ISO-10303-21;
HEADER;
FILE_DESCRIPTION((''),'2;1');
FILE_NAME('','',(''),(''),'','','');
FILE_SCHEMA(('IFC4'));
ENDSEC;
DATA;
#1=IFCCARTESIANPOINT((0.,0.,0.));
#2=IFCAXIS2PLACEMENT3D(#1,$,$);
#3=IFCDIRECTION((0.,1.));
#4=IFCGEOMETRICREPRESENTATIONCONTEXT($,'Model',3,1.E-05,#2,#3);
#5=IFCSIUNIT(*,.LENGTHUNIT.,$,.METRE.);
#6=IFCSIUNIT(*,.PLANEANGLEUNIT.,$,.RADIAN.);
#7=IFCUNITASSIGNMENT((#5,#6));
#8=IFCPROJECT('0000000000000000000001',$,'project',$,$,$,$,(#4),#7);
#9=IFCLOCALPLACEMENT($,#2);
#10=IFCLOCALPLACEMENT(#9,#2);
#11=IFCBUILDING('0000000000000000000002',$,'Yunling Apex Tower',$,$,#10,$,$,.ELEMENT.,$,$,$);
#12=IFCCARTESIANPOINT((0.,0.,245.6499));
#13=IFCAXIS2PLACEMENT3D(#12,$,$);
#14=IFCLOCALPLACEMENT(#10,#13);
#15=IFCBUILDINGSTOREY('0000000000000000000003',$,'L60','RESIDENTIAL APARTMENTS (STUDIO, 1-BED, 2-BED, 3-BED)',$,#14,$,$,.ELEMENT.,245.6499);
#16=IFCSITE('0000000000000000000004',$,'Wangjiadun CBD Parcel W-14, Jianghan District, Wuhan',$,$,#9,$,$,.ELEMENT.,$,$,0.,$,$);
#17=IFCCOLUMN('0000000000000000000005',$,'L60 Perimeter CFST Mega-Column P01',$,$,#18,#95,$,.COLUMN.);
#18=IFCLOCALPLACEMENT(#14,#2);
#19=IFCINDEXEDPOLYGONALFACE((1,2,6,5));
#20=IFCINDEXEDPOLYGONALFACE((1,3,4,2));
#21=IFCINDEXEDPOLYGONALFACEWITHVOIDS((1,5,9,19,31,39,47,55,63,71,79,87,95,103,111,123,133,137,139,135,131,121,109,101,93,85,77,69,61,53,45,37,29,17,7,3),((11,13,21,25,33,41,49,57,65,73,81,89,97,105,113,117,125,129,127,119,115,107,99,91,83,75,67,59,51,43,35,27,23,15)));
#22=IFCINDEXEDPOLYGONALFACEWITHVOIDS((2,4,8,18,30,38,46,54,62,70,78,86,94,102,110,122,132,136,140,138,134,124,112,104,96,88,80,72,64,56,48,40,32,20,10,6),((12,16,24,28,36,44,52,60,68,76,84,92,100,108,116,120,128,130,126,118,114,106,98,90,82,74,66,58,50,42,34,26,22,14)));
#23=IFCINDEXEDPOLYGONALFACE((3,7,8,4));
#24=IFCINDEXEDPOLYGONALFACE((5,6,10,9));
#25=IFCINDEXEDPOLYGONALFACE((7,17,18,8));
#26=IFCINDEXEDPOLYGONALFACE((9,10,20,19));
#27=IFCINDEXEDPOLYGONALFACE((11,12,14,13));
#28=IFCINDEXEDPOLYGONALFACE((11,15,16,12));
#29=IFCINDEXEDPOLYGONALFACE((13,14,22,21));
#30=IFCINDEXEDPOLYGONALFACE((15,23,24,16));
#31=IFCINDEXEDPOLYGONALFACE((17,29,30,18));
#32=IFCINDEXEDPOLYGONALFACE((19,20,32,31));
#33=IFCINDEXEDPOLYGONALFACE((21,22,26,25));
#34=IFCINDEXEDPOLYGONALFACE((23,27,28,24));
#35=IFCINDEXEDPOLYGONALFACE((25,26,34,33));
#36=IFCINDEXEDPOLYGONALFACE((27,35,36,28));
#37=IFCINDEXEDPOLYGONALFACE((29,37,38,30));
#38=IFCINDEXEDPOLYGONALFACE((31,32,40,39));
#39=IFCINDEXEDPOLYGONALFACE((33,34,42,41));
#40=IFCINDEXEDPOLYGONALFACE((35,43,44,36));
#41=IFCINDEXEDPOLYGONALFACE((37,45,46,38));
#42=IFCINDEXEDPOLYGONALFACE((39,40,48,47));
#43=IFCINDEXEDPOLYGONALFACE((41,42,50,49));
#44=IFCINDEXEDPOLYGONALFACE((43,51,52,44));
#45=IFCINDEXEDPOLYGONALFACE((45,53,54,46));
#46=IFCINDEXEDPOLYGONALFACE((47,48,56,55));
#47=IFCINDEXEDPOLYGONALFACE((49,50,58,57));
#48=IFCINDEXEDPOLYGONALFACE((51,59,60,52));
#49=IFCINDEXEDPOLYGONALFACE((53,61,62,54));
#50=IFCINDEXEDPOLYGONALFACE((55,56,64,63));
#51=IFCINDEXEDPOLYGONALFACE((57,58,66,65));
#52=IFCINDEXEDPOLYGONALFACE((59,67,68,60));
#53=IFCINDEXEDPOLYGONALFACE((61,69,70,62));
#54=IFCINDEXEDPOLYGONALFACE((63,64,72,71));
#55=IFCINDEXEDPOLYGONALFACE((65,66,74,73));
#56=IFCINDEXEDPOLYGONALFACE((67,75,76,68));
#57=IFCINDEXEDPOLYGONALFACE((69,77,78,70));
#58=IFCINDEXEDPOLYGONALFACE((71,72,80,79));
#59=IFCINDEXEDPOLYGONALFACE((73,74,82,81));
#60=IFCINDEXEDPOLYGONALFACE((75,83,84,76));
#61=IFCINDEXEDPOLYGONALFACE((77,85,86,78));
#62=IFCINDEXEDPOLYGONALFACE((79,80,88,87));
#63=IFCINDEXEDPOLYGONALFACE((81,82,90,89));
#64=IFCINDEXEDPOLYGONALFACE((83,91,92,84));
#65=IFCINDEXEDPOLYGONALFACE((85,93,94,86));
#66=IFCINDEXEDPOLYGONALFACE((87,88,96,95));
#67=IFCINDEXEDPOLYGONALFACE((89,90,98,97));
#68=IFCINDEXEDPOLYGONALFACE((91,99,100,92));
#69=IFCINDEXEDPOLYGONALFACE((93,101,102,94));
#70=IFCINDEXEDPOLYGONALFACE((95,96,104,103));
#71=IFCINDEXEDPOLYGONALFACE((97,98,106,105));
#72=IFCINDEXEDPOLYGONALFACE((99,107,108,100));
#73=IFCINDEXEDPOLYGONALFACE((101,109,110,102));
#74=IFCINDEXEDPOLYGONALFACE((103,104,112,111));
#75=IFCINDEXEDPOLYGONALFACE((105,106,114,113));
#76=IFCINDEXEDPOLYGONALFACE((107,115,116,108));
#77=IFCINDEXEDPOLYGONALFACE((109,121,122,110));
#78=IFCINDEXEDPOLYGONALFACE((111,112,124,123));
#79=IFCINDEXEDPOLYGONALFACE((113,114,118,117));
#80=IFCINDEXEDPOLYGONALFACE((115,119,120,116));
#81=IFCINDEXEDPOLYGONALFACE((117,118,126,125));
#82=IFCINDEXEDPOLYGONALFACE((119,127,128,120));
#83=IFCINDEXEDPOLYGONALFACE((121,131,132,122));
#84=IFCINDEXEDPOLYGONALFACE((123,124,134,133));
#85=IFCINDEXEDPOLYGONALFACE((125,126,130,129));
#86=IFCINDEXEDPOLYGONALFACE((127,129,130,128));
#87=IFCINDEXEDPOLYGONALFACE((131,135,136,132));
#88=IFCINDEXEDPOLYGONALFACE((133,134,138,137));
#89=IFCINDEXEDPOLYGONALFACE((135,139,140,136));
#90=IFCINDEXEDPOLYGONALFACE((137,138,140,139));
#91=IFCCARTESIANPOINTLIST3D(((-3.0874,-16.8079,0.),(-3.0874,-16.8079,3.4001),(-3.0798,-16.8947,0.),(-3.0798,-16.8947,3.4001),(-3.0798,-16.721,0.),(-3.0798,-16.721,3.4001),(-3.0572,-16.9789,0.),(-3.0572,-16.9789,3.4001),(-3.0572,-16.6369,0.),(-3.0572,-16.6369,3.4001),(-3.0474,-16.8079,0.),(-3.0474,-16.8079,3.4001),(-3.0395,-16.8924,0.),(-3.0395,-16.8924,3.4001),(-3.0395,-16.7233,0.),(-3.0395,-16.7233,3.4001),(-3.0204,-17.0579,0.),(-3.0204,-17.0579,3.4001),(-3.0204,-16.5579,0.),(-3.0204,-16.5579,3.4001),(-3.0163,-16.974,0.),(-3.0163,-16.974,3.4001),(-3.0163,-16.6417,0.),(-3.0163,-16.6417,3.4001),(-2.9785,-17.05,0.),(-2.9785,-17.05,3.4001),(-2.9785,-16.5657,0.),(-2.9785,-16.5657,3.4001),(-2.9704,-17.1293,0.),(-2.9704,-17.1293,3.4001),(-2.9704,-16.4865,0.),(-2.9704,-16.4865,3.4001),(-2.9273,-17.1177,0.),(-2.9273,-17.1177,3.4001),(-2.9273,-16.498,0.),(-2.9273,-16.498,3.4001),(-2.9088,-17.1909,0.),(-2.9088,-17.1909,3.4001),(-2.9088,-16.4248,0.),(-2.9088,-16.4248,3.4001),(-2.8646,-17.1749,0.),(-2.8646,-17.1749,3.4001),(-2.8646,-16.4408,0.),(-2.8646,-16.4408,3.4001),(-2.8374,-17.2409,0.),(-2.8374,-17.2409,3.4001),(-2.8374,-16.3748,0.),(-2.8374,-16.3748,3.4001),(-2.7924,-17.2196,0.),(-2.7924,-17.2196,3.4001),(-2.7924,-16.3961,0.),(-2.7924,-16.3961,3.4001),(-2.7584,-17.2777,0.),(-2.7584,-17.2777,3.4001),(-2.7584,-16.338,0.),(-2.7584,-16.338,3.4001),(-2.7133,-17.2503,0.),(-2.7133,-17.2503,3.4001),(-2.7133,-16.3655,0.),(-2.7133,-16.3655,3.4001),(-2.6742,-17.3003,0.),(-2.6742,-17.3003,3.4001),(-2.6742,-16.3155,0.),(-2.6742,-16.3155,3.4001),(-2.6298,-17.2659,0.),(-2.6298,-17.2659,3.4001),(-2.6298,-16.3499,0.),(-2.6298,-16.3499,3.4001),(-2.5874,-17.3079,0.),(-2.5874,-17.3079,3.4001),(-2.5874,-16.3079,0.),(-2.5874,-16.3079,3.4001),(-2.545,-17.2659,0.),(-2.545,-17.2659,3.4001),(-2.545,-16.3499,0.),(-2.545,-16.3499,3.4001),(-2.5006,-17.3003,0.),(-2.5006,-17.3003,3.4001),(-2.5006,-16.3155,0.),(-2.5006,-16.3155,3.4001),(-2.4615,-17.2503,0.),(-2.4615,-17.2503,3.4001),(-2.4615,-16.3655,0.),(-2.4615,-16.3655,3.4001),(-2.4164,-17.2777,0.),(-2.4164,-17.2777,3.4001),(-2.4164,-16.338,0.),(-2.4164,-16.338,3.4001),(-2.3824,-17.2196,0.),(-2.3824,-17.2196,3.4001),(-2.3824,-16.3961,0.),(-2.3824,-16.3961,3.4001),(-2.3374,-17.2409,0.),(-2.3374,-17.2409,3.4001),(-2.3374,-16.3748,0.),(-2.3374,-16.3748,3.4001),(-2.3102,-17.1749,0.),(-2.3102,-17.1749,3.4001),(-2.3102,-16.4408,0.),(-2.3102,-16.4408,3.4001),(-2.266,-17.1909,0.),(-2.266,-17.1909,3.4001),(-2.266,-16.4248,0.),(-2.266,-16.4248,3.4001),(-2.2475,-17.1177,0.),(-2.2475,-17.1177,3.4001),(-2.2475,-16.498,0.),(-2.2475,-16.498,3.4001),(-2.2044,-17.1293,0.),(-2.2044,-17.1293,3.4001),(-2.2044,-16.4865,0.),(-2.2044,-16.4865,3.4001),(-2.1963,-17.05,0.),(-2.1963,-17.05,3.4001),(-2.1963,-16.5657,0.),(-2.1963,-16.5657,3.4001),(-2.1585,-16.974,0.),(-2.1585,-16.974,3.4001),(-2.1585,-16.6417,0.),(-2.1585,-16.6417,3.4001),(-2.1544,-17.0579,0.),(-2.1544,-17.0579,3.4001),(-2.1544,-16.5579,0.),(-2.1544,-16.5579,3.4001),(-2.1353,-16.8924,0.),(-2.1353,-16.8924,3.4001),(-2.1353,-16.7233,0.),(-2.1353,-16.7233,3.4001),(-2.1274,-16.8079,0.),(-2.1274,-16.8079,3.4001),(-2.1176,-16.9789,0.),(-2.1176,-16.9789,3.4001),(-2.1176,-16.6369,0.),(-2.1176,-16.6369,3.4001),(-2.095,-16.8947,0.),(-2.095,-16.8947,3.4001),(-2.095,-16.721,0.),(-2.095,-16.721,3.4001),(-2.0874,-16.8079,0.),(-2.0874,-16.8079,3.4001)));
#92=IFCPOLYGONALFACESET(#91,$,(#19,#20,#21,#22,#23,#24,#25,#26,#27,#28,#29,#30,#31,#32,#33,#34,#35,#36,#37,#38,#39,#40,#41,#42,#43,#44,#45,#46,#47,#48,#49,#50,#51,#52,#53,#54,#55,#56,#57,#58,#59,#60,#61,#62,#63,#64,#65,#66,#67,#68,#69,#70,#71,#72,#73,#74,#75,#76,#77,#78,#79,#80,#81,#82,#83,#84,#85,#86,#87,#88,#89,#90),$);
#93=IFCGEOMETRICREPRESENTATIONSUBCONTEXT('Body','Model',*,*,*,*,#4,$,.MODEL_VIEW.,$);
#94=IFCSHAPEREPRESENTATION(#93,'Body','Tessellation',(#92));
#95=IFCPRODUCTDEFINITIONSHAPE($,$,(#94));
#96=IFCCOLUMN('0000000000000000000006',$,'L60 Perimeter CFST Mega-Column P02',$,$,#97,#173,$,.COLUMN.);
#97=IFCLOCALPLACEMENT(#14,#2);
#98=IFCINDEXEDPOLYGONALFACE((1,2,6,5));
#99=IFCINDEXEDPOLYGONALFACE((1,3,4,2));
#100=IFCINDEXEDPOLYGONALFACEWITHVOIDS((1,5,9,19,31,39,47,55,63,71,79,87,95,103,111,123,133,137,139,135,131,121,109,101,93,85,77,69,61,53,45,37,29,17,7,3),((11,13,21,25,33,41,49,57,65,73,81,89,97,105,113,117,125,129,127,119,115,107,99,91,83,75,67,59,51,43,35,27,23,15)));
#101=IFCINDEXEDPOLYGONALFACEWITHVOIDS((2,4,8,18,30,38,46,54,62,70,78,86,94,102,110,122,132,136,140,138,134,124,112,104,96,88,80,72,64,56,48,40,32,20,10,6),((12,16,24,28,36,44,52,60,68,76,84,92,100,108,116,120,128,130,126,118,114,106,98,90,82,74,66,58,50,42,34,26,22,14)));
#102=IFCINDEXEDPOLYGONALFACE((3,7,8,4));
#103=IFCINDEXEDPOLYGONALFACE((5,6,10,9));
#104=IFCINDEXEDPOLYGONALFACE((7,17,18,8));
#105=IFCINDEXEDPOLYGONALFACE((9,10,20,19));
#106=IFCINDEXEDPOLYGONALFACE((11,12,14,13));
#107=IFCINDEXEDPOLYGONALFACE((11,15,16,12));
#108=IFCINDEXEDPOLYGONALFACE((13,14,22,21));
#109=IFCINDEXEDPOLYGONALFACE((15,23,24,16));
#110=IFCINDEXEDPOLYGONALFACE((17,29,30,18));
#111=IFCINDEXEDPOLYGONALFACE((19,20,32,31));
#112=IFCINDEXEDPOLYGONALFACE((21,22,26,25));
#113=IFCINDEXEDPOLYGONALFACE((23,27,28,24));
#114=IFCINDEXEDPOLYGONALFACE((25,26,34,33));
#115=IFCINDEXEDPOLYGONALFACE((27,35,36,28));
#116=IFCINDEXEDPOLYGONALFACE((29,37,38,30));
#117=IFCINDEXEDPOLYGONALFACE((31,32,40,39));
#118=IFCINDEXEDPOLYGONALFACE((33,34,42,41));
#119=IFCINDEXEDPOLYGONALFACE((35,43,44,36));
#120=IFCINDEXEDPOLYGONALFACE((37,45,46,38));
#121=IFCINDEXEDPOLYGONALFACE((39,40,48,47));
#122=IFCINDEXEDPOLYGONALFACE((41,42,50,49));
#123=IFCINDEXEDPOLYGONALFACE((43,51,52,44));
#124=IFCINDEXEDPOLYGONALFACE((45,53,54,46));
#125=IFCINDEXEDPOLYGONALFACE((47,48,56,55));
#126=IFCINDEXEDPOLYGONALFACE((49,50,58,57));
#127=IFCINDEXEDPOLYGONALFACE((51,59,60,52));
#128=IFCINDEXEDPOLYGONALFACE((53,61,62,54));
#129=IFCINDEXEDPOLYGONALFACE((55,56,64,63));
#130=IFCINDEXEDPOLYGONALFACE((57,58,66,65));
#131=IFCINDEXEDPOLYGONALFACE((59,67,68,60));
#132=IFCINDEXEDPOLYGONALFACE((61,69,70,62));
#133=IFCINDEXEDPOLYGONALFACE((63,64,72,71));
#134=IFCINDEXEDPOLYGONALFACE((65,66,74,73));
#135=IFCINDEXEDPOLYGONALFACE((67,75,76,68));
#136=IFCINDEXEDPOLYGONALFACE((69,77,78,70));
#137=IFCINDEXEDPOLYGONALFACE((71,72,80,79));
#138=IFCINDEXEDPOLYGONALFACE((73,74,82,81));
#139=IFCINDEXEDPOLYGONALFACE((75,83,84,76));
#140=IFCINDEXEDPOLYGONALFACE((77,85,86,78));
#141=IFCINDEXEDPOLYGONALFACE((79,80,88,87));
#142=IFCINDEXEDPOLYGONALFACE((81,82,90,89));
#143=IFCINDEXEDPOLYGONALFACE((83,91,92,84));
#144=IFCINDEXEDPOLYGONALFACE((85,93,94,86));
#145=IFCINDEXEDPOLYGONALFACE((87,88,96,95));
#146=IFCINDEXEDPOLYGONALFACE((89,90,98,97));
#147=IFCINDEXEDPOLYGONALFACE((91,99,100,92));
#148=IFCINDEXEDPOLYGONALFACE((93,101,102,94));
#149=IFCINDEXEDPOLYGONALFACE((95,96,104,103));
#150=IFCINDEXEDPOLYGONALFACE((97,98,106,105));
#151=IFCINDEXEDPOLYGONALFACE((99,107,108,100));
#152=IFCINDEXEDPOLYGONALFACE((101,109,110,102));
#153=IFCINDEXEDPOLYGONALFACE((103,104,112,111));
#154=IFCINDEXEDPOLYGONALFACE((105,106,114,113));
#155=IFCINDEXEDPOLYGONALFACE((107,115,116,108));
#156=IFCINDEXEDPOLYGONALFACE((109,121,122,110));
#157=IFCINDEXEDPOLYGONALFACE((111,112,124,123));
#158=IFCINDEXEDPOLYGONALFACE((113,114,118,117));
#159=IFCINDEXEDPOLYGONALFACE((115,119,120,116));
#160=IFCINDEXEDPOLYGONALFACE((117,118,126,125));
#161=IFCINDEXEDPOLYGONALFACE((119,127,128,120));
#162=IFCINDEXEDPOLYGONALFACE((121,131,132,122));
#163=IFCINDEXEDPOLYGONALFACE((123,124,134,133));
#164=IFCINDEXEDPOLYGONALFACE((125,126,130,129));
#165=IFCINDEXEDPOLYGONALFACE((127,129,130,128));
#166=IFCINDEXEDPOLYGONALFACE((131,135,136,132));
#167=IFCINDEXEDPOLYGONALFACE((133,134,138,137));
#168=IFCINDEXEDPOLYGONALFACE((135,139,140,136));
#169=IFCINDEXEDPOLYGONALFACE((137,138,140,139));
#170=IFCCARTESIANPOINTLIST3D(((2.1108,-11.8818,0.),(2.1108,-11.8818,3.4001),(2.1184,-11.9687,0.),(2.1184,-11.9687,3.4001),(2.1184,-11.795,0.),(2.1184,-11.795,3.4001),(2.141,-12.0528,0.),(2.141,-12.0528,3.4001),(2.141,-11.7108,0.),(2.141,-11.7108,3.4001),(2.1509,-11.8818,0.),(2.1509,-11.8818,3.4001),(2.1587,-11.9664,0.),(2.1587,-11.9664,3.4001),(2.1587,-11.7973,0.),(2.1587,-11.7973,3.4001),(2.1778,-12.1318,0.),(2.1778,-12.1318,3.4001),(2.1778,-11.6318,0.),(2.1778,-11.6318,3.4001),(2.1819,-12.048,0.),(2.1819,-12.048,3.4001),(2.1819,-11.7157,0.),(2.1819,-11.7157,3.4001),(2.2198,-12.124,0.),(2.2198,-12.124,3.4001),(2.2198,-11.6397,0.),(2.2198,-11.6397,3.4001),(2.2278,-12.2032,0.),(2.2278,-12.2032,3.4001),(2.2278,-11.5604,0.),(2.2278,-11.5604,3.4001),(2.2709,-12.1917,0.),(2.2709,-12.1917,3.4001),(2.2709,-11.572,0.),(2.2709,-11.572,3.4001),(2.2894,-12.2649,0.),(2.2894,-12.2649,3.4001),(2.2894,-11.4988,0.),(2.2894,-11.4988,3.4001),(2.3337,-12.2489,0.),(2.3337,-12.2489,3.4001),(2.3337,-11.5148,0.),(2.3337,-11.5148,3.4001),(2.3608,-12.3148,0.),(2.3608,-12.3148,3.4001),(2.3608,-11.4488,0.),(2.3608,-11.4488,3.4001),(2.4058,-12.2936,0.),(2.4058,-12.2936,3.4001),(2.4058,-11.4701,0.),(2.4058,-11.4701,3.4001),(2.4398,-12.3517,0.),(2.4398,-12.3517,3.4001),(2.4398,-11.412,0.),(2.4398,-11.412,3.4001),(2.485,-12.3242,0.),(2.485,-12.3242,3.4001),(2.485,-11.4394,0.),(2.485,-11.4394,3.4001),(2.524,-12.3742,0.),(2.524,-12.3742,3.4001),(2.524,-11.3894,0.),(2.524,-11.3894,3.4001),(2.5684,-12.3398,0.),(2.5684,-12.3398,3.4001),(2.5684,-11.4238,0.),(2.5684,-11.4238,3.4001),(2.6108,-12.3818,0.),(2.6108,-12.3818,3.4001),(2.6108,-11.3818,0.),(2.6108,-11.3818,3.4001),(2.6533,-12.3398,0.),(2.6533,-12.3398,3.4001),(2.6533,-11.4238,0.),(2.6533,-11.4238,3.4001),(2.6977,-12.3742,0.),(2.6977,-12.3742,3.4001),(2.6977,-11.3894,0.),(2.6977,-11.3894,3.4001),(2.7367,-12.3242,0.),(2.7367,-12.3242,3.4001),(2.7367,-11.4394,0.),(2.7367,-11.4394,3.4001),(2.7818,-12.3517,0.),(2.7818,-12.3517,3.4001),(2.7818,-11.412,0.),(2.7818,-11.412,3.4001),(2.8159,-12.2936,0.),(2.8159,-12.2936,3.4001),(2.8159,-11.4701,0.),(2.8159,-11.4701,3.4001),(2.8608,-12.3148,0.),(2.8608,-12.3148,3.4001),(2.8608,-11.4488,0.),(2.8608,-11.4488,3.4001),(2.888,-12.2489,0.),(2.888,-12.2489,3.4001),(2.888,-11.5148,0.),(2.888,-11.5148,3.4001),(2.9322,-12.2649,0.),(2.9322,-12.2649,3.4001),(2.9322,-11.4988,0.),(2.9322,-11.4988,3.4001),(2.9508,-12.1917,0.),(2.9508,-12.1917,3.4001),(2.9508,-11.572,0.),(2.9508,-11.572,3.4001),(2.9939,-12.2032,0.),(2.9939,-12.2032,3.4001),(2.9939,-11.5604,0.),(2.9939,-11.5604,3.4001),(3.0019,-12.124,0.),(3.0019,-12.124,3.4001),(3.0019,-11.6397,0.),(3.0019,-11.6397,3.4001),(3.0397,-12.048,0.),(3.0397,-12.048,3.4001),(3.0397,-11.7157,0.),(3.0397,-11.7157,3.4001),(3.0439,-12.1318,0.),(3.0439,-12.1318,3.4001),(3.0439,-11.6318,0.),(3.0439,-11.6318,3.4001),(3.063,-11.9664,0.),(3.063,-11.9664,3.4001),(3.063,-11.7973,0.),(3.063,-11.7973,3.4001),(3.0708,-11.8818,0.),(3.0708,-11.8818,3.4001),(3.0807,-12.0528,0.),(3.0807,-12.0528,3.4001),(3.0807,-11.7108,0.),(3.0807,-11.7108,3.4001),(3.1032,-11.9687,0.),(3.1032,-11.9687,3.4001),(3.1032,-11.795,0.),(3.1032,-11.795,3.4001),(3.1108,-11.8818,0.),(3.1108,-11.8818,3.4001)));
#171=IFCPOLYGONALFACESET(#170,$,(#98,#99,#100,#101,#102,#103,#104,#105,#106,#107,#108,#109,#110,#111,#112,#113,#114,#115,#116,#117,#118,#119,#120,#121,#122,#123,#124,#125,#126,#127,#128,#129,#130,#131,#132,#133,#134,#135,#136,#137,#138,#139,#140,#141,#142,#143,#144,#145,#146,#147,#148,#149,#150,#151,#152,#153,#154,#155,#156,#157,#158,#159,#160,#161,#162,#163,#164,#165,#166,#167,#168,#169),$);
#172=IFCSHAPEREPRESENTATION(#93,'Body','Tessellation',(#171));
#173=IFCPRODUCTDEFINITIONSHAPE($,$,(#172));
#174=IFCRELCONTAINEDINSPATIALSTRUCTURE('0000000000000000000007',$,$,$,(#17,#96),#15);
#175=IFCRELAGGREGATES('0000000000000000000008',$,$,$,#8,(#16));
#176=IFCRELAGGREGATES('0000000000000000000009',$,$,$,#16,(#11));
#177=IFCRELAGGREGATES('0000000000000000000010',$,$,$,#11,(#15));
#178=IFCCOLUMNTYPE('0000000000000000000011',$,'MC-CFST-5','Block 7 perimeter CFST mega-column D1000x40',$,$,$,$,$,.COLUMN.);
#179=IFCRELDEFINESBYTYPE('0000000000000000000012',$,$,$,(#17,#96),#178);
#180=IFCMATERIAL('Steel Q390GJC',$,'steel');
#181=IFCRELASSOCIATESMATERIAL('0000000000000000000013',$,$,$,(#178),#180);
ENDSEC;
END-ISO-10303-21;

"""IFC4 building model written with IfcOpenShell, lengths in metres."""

from ifc_helpers import new_model, si_unit, direction, frame, origin, origin_2d, place, context, subcontext, project, spatial, hollow_circle, extrude, source, transform, mapped, material, material_profile, profile_set, type_object, element, save


model = new_model("IFC4")

# Units and contexts
model_context = context("Model", 3, precision=1e-05, world=origin(), true_north=direction((0.0, 1.0)))
body_context = subcontext(model_context, "Body", "Model", "MODEL_VIEW")
ifc_project = project(units=[si_unit("LENGTHUNIT", "METRE"), si_unit("PLANEANGLEUNIT", "RADIAN")], contexts=[model_context])

# Site, building, storey
site_placement = place(None, origin())
site = spatial("IfcSite", under=ifc_project, at=site_placement, Name="Wangjiadun CBD Parcel W-14, Jianghan District, Wuhan", CompositionType="ELEMENT", RefElevation=0.0)
building_placement = place(site_placement, origin())
building = spatial("IfcBuilding", under=site, at=building_placement, Name="Yunling Apex Tower", CompositionType="ELEMENT")
storey_placement = place(building_placement, frame((0.0, 0.0, 245.6499)))
storey = spatial("IfcBuildingStorey", under=building, at=storey_placement, Name="L60", Description="RESIDENTIAL APARTMENTS (STUDIO, 1-BED, 2-BED, 3-BED)", CompositionType="ELEMENT", Elevation=245.6499)

# Columns
ifc_material_1 = material(Name="Steel Q390GJC", Category="steel")
ifc_material_profile_1 = material_profile(ifc_material_1, hollow_circle(Radius=0.5, WallThickness=0.04, at=origin_2d()))
ifc_profile_set_1 = profile_set([ifc_material_profile_1], Name="Steel Q390GJC")
column_type = type_object("IfcColumnType", Name="MC-CFST-5", Description="Block 7 perimeter CFST mega-column D1000x40", PredefinedType="COLUMN", material=ifc_profile_set_1)
shared_shape_1 = source(origin(), body_context, "Body", "SweptSolid", [
    extrude(hollow_circle(Radius=0.5, WallThickness=0.04, at=origin_2d()), origin(), (0.0, 0.0, 1.0), 3.4001),
])
for number, where, z_axis, x_axis, name in (
    (1, (-2.5874, -16.8079, 0.0), (0.0, 0.0, 1.0), (1.0, 0.0, 0.0), "L60 Perimeter CFST Mega-Column P01"),
    (2, (2.6108, -11.8818, 0.0), (0.0, 0.0, 1.0), (1.0, 0.0, 0.0), "L60 Perimeter CFST Mega-Column P02"),
):
    element("IfcColumn", number, at=place(storey_placement, frame(where, z_axis=z_axis, x_axis=x_axis)), inside=storey, type_object=column_type, Name=name, PredefinedType="COLUMN", context=body_context, shape_type="MappedRepresentation", body=[
        mapped(shared_shape_1, transform((0.0, 0.0, 0.0), scale=1.0)),
    ])

save(model, "model.ifc")
